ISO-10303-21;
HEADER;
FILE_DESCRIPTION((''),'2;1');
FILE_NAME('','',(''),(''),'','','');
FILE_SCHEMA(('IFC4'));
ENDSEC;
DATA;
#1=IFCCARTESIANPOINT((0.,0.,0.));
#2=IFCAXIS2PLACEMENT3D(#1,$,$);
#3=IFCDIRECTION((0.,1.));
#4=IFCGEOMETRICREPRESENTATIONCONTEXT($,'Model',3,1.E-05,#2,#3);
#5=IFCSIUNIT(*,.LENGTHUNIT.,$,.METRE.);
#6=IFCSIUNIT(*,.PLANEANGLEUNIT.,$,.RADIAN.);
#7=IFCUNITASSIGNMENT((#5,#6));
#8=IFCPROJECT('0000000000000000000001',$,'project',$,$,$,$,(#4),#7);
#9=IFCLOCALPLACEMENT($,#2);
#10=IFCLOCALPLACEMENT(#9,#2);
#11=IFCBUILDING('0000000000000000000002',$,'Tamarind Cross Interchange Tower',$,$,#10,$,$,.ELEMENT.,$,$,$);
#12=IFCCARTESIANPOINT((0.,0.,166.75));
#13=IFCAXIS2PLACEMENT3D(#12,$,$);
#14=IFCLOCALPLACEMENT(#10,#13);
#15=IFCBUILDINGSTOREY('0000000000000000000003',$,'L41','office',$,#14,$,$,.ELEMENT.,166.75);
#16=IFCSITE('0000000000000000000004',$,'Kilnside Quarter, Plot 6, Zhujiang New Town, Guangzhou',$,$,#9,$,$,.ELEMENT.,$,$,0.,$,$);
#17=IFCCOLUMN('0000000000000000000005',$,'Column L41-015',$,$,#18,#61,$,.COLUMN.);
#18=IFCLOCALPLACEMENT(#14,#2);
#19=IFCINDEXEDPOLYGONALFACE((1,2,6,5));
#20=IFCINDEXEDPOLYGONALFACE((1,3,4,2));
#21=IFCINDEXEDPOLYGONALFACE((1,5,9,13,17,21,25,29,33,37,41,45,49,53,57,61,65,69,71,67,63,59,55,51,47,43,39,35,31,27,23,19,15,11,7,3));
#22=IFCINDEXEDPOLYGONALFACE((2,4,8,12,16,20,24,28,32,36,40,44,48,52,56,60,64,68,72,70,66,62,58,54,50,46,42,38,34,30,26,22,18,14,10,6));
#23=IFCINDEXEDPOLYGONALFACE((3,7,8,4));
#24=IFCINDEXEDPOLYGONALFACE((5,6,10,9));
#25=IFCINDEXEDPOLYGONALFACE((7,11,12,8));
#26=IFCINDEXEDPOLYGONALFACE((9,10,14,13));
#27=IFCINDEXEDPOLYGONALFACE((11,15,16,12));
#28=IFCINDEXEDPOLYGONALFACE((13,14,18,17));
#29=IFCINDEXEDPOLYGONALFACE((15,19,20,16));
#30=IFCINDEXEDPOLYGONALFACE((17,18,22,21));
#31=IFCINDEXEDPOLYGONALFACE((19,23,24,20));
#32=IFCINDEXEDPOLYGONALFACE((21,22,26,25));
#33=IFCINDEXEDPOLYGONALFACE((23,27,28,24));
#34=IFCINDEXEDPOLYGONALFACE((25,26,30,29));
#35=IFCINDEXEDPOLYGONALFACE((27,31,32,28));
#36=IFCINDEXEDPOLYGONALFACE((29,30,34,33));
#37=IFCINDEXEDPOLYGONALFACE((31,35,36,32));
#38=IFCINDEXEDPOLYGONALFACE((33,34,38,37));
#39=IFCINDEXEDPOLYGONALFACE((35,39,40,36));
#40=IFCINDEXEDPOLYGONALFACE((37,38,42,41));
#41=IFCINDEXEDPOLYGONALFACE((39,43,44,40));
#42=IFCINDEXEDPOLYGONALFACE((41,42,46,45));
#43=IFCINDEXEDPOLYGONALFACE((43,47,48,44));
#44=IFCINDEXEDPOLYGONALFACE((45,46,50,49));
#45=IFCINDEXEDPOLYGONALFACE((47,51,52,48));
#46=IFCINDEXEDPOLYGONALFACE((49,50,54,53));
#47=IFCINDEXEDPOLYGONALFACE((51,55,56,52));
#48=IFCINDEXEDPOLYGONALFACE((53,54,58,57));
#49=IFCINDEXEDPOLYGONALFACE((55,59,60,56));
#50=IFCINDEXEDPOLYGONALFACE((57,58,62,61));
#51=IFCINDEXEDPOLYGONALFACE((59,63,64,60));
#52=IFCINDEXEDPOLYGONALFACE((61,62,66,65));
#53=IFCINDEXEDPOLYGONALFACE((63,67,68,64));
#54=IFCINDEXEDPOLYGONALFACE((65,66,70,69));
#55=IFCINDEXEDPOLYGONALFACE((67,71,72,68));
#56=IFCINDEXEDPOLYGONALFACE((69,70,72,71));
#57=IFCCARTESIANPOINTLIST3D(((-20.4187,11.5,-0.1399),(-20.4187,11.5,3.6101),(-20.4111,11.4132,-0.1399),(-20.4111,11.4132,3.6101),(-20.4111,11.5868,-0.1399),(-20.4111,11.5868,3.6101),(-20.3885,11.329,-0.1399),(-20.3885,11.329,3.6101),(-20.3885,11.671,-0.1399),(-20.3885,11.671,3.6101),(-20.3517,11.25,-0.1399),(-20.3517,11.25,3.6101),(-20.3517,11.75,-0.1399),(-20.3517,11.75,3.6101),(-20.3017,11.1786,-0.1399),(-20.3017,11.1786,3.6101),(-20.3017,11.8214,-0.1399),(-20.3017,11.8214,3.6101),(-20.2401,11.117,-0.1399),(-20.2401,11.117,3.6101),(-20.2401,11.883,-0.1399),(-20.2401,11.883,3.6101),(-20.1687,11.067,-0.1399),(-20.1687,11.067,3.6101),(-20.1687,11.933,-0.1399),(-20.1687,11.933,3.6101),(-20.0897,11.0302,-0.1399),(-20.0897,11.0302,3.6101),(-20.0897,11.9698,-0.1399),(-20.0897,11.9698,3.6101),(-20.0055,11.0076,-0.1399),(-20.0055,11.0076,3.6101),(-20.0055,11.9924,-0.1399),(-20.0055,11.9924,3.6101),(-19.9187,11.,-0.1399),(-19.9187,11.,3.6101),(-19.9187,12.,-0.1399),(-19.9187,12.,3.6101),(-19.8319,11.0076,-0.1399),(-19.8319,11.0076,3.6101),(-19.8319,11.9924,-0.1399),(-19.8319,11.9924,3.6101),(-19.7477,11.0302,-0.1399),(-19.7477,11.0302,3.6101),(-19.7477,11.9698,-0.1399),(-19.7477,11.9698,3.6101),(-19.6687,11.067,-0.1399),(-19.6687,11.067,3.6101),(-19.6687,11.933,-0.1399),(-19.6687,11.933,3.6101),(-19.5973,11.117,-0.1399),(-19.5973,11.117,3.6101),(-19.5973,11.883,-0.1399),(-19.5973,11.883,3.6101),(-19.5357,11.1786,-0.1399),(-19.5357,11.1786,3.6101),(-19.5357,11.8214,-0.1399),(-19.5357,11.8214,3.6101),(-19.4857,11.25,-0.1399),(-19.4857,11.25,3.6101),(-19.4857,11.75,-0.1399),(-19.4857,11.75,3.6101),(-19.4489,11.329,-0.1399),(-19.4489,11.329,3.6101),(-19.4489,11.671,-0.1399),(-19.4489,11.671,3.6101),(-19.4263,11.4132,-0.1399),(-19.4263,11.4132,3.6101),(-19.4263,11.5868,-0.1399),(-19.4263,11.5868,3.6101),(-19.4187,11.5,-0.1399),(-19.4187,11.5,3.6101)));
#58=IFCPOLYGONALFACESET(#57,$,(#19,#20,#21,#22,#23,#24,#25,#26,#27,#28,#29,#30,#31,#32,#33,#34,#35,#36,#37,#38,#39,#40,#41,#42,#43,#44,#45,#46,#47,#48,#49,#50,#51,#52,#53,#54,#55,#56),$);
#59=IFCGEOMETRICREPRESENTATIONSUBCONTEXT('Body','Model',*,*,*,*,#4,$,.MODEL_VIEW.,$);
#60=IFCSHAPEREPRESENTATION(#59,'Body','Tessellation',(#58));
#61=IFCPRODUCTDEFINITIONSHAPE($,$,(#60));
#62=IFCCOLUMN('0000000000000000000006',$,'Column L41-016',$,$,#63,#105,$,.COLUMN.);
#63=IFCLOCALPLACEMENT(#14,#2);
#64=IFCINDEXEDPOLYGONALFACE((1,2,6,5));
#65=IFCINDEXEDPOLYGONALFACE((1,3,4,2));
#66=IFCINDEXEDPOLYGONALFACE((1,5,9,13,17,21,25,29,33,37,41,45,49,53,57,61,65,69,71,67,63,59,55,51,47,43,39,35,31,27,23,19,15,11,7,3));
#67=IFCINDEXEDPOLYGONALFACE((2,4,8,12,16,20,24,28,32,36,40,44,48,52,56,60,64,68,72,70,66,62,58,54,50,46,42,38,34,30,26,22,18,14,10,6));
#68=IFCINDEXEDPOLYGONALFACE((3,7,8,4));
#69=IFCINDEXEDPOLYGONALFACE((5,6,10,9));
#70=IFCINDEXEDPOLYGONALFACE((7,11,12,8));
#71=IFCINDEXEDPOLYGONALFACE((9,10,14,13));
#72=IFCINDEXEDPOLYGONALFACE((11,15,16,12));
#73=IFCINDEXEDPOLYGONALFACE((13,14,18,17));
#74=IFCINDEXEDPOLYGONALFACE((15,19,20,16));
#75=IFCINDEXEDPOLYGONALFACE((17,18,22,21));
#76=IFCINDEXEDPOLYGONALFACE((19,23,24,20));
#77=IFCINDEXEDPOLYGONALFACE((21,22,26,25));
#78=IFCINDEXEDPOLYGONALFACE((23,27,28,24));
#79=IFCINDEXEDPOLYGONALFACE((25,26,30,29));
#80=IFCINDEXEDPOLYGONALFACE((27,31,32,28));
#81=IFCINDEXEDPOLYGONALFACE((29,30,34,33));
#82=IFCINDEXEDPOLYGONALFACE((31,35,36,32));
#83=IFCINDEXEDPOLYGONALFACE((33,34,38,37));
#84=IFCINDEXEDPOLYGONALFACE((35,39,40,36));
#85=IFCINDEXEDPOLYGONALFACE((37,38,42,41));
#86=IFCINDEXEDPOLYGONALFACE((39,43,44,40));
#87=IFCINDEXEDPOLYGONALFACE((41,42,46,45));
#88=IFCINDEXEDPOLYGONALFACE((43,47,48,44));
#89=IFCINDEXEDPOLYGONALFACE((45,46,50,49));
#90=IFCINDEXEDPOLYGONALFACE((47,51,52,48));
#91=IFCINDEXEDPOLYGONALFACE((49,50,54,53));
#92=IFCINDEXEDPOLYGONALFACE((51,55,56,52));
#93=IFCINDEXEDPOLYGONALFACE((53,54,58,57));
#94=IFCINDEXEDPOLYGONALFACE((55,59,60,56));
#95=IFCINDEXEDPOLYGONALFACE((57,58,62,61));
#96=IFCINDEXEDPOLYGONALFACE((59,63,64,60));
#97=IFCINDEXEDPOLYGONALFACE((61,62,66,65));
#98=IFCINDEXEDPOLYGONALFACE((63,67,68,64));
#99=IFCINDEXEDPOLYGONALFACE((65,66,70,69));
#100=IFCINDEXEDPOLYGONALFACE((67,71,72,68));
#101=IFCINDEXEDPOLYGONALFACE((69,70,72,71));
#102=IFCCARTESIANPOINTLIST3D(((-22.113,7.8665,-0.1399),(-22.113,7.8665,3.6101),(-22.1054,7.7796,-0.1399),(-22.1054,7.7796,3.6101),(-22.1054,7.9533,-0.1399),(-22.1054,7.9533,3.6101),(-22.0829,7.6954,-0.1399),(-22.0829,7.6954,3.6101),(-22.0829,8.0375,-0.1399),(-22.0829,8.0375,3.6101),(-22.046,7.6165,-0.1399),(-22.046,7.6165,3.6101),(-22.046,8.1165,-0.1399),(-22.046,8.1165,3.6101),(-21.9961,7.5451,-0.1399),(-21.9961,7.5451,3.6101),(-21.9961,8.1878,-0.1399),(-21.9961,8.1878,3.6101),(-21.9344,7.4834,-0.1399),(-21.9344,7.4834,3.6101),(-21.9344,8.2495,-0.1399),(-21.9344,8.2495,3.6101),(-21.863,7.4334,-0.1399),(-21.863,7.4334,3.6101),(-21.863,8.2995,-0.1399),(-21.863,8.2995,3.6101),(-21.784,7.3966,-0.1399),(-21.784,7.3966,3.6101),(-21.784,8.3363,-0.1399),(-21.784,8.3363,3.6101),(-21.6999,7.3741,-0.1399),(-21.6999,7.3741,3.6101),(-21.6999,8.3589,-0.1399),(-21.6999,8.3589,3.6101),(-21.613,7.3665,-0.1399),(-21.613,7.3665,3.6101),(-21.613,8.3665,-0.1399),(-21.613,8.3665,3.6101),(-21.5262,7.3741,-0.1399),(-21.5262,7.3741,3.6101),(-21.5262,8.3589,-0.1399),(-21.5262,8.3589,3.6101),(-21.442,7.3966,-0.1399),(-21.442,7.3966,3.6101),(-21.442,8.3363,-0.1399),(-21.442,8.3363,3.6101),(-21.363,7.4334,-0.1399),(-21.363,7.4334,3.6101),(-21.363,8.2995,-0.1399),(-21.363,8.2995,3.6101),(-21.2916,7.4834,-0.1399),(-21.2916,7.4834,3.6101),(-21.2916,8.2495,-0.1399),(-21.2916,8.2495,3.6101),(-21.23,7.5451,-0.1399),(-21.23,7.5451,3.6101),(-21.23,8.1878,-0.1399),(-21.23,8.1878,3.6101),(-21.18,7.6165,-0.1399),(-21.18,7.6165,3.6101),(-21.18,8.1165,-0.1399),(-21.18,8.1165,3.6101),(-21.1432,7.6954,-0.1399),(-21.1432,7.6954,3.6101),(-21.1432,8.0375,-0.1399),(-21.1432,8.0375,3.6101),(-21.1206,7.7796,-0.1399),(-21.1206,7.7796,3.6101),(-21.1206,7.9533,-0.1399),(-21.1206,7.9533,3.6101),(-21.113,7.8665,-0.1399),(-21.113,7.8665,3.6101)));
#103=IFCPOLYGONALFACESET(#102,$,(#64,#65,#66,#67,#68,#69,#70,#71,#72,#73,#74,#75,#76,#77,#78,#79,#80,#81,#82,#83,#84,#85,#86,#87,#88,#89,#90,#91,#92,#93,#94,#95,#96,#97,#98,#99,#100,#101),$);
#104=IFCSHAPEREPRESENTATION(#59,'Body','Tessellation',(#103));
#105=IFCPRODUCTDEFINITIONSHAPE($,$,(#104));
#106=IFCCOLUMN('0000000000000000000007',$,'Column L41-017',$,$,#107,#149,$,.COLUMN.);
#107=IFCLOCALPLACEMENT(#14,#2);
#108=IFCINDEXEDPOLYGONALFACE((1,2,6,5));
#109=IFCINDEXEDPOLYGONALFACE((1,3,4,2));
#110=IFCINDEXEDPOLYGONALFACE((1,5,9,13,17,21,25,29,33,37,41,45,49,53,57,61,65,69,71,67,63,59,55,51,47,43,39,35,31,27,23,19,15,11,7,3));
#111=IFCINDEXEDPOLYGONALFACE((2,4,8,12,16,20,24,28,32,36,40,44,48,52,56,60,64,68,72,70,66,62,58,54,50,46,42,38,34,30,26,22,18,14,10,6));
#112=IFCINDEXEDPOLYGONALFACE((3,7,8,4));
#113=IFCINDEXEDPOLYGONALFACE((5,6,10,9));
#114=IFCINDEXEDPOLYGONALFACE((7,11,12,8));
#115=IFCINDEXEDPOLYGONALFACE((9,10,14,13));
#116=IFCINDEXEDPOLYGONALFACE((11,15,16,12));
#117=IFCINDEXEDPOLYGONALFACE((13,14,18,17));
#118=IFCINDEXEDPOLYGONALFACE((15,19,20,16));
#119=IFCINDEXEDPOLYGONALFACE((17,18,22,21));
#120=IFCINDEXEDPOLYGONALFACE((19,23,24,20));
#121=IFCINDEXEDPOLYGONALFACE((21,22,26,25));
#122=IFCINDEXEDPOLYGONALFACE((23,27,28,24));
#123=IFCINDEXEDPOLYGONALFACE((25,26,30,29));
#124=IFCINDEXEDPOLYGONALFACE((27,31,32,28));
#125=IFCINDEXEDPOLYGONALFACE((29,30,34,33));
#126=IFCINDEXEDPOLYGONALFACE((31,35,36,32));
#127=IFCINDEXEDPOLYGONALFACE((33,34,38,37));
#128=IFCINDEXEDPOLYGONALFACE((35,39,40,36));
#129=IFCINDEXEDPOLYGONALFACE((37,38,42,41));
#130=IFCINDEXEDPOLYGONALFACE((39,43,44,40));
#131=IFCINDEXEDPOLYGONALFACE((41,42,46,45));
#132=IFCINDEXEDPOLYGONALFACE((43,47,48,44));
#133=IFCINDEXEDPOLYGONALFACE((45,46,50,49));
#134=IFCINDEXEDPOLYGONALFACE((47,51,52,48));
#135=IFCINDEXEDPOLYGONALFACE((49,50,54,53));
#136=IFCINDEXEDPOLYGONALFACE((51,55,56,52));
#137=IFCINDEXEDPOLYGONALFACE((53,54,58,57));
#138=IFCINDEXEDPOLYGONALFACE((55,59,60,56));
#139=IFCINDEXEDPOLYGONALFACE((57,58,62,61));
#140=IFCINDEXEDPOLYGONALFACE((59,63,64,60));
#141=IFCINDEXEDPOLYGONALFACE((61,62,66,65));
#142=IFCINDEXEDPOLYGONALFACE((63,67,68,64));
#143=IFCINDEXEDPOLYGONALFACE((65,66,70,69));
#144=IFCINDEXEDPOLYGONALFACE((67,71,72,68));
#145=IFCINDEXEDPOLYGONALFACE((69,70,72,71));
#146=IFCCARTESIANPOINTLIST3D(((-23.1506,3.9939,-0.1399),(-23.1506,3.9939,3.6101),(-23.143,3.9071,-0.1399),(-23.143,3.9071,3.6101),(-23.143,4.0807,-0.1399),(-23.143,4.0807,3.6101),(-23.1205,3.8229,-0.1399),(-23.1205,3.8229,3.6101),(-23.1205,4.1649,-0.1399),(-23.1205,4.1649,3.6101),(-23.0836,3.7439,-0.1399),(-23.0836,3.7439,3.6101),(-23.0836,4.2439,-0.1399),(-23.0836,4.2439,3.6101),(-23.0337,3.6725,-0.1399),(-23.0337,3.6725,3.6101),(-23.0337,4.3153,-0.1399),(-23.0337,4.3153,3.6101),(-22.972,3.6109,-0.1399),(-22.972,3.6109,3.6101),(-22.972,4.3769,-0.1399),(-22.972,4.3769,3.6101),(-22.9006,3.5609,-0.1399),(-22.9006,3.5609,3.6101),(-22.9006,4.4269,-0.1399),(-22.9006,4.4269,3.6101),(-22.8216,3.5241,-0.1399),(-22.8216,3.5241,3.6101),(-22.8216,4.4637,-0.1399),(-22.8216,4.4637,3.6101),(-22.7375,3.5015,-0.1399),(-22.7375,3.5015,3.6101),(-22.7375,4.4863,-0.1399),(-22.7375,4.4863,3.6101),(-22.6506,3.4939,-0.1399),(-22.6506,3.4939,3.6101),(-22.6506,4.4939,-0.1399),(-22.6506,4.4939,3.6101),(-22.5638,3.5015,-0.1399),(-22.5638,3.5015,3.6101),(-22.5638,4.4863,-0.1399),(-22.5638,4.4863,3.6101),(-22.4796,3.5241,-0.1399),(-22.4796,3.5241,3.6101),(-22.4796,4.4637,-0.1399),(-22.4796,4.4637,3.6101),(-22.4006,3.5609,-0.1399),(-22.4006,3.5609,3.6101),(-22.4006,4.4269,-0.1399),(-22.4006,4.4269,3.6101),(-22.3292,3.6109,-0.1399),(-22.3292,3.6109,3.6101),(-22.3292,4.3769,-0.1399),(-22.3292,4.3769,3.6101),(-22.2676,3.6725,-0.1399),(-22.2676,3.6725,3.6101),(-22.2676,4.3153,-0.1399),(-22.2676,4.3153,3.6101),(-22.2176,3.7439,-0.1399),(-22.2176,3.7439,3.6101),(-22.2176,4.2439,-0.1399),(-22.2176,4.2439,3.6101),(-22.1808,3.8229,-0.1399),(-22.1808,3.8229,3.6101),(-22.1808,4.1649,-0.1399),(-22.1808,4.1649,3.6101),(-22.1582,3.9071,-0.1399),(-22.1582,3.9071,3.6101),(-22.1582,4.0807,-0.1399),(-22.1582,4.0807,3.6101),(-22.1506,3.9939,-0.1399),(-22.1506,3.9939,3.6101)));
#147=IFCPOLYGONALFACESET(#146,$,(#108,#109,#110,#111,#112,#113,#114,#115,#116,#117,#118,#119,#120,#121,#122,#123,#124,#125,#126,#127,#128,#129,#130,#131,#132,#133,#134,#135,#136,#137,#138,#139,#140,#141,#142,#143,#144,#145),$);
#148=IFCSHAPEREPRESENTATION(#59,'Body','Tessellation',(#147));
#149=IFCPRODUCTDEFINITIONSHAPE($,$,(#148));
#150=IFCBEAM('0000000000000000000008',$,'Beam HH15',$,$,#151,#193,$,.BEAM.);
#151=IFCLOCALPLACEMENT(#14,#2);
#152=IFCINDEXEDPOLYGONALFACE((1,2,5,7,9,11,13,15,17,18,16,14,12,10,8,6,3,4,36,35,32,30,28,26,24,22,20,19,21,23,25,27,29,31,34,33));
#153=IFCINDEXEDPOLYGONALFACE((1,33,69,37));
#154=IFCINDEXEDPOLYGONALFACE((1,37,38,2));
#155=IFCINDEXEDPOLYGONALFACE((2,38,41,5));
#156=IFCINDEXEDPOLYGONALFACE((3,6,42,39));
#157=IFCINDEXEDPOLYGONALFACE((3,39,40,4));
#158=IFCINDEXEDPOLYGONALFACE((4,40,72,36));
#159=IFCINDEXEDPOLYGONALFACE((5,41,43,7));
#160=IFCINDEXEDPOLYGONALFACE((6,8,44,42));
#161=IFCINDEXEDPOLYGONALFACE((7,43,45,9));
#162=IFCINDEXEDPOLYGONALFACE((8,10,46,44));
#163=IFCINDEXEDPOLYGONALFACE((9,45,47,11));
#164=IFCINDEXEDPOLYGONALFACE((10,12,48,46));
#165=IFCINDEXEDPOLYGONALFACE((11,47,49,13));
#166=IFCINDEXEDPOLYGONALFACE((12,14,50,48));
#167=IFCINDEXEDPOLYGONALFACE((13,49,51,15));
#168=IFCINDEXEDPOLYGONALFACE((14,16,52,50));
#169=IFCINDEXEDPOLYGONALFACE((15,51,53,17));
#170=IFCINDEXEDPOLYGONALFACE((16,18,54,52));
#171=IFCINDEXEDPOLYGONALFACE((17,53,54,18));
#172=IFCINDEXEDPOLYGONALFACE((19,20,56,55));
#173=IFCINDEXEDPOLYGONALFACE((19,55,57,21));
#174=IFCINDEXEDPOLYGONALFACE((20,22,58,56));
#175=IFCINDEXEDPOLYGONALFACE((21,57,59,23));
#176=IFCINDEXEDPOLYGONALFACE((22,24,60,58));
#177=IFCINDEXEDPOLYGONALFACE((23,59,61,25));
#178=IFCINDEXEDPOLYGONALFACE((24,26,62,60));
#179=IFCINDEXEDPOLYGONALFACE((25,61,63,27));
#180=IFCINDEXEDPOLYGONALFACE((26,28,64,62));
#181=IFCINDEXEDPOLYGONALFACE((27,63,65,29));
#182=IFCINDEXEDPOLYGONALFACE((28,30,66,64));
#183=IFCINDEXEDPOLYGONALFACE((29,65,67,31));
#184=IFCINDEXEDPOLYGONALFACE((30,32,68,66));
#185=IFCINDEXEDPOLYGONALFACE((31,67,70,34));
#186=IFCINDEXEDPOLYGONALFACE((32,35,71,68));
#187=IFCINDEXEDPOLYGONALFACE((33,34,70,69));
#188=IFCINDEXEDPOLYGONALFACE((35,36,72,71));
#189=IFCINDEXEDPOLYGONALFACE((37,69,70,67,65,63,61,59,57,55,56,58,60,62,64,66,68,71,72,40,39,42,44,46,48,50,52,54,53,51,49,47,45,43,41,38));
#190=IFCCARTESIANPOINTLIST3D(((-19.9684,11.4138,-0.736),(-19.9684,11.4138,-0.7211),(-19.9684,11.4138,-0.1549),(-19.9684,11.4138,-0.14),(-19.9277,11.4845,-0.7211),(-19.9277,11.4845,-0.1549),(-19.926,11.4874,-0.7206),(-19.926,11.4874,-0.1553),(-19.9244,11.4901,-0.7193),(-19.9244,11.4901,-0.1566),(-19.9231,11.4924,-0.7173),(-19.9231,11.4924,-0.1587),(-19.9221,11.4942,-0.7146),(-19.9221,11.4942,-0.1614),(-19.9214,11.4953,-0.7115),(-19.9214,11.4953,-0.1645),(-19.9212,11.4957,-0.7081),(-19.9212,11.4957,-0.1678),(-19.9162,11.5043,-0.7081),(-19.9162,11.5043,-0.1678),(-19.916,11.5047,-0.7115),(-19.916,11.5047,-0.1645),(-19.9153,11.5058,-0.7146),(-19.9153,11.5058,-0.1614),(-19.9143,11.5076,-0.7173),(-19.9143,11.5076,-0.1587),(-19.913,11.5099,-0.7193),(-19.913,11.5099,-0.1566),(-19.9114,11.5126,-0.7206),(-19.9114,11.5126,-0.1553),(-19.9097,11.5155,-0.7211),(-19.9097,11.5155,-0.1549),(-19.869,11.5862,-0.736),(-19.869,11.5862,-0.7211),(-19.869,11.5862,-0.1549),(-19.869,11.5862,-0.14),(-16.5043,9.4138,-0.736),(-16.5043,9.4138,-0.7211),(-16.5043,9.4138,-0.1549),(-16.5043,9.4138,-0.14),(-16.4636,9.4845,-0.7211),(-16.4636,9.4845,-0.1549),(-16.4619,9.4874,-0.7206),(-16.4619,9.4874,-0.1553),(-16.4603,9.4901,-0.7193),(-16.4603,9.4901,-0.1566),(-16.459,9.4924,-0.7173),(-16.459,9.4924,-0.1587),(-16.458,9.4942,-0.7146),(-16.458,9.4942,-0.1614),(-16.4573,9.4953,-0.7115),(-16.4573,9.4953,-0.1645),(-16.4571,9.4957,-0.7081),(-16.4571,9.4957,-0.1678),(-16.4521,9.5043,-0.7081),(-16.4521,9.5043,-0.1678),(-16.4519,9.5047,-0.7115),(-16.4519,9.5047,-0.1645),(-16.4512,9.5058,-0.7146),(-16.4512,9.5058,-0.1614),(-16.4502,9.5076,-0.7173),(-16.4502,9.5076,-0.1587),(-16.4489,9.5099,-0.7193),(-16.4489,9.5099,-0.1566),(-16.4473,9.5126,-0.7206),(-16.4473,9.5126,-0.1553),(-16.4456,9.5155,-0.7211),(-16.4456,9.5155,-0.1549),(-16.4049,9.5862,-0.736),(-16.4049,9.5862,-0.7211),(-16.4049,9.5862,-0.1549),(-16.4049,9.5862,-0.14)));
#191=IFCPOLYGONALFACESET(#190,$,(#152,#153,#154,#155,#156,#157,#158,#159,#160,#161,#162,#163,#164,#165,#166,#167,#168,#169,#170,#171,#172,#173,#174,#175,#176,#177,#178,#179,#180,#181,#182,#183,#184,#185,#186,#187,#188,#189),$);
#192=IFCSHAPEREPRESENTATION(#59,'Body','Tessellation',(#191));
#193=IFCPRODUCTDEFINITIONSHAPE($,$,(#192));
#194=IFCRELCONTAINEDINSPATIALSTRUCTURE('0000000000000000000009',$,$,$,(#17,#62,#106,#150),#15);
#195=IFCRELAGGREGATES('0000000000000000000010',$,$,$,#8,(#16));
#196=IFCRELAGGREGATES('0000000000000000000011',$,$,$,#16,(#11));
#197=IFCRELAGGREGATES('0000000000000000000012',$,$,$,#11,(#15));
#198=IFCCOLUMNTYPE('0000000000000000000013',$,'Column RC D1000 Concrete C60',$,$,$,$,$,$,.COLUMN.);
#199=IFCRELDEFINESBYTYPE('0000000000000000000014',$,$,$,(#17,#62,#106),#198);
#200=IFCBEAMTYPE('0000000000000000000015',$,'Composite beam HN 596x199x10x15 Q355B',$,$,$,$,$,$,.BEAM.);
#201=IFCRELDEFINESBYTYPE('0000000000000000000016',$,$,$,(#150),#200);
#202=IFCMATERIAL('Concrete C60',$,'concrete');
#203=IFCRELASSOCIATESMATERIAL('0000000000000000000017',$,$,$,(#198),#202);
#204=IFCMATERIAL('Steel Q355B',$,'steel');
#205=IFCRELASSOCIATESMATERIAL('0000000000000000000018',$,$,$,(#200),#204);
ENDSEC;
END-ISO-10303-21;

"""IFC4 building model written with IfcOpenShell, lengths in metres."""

from ifc_helpers import new_model, si_unit, direction, frame, origin, origin_2d, place, context, subcontext, project, spatial, circle, i_section, extrude, material, material_profile, profile_set, type_object, element, save


model = new_model("IFC4")

# Units and contexts
model_context = context("Model", 3, precision=1e-05, world=origin(), true_north=direction((0.0, 1.0)))
body_context = subcontext(model_context, "Body", "Model", "MODEL_VIEW")
ifc_project = project(units=[si_unit("LENGTHUNIT", "METRE"), si_unit("PLANEANGLEUNIT", "RADIAN")], contexts=[model_context])

# Site, building, storey
site_placement = place(None, origin())
site = spatial("IfcSite", under=ifc_project, at=site_placement, Name="Kilnside Quarter, Plot 6, Zhujiang New Town, Guangzhou", CompositionType="ELEMENT", RefElevation=0.0)
building_placement = place(site_placement, origin())
building = spatial("IfcBuilding", under=site, at=building_placement, Name="Tamarind Cross Interchange Tower", CompositionType="ELEMENT")
storey_placement = place(building_placement, frame((0.0, 0.0, 166.75)))
storey = spatial("IfcBuildingStorey", under=building, at=storey_placement, Name="L41", Description="office", CompositionType="ELEMENT", Elevation=166.75)

# Columns
ifc_material_1 = material(Name="Concrete C60", Category="concrete")
ifc_material_profile_1 = material_profile(ifc_material_1, circle(Radius=0.5, at=origin_2d()), Name="RC D1000")
ifc_profile_set_1 = profile_set([ifc_material_profile_1], Name="Concrete C60")
column_type = type_object("IfcColumnType", Name="Column RC D1000 Concrete C60", PredefinedType="COLUMN", material=ifc_profile_set_1)
for number, where, z_axis, x_axis, name in (
    (1, (-19.9187, 11.5, -0.1399), (0.0, 0.0, 1.0), (1.0, 0.0, 0.0), "Column L41-015"),
    (2, (-21.613, 7.8665, -0.1399), (0.0, 0.0, 1.0), (1.0, 0.0, 0.0), "Column L41-016"),
    (3, (-22.6506, 3.9939, -0.1399), (0.0, 0.0, 1.0), (1.0, 0.0, 0.0), "Column L41-017"),
):
    element("IfcColumn", number, at=place(storey_placement, frame(where, z_axis=z_axis, x_axis=x_axis)), inside=storey, type_object=column_type, Name=name, PredefinedType="COLUMN", context=body_context, shape_type="SweptSolid", body=[
        extrude(circle(Radius=0.5, at=origin_2d()), origin(), (0.0, 0.0, 1.0), 3.75),
    ])

# Beam
ifc_material_2 = material(Name="Steel Q355B", Category="steel")
ifc_material_profile_2 = material_profile(ifc_material_2, i_section(OverallWidth=0.199, OverallDepth=0.5959, WebThickness=0.01, FlangeThickness=0.0149, FilletRadius=0.0129, at=origin_2d()), Name="HN 596x199x10x15")
ifc_profile_set_2 = profile_set([ifc_material_profile_2], Name="Steel Q355B")
beam_type = type_object("IfcBeamType", Name="Composite beam HN 596x199x10x15 Q355B", PredefinedType="BEAM", material=ifc_profile_set_2)
beam_1_placement = place(storey_placement, frame((-19.9187, 11.5, -0.438), z_axis=(0.866026, -0.499999, 0.0), x_axis=(0.499999, 0.866026, 0.0)))
element("IfcBeam", 4, at=beam_1_placement, inside=storey, type_object=beam_type, Name="Beam HH15", PredefinedType="BEAM", context=body_context, shape_type="SweptSolid", body=[
    extrude(i_section(OverallWidth=0.199, OverallDepth=0.5959, WebThickness=0.01, FlangeThickness=0.0149, FilletRadius=0.0129, at=origin_2d()), origin(), (0.0, 0.0, 1.0), 4.0),
])

save(model, "model.ifc")
